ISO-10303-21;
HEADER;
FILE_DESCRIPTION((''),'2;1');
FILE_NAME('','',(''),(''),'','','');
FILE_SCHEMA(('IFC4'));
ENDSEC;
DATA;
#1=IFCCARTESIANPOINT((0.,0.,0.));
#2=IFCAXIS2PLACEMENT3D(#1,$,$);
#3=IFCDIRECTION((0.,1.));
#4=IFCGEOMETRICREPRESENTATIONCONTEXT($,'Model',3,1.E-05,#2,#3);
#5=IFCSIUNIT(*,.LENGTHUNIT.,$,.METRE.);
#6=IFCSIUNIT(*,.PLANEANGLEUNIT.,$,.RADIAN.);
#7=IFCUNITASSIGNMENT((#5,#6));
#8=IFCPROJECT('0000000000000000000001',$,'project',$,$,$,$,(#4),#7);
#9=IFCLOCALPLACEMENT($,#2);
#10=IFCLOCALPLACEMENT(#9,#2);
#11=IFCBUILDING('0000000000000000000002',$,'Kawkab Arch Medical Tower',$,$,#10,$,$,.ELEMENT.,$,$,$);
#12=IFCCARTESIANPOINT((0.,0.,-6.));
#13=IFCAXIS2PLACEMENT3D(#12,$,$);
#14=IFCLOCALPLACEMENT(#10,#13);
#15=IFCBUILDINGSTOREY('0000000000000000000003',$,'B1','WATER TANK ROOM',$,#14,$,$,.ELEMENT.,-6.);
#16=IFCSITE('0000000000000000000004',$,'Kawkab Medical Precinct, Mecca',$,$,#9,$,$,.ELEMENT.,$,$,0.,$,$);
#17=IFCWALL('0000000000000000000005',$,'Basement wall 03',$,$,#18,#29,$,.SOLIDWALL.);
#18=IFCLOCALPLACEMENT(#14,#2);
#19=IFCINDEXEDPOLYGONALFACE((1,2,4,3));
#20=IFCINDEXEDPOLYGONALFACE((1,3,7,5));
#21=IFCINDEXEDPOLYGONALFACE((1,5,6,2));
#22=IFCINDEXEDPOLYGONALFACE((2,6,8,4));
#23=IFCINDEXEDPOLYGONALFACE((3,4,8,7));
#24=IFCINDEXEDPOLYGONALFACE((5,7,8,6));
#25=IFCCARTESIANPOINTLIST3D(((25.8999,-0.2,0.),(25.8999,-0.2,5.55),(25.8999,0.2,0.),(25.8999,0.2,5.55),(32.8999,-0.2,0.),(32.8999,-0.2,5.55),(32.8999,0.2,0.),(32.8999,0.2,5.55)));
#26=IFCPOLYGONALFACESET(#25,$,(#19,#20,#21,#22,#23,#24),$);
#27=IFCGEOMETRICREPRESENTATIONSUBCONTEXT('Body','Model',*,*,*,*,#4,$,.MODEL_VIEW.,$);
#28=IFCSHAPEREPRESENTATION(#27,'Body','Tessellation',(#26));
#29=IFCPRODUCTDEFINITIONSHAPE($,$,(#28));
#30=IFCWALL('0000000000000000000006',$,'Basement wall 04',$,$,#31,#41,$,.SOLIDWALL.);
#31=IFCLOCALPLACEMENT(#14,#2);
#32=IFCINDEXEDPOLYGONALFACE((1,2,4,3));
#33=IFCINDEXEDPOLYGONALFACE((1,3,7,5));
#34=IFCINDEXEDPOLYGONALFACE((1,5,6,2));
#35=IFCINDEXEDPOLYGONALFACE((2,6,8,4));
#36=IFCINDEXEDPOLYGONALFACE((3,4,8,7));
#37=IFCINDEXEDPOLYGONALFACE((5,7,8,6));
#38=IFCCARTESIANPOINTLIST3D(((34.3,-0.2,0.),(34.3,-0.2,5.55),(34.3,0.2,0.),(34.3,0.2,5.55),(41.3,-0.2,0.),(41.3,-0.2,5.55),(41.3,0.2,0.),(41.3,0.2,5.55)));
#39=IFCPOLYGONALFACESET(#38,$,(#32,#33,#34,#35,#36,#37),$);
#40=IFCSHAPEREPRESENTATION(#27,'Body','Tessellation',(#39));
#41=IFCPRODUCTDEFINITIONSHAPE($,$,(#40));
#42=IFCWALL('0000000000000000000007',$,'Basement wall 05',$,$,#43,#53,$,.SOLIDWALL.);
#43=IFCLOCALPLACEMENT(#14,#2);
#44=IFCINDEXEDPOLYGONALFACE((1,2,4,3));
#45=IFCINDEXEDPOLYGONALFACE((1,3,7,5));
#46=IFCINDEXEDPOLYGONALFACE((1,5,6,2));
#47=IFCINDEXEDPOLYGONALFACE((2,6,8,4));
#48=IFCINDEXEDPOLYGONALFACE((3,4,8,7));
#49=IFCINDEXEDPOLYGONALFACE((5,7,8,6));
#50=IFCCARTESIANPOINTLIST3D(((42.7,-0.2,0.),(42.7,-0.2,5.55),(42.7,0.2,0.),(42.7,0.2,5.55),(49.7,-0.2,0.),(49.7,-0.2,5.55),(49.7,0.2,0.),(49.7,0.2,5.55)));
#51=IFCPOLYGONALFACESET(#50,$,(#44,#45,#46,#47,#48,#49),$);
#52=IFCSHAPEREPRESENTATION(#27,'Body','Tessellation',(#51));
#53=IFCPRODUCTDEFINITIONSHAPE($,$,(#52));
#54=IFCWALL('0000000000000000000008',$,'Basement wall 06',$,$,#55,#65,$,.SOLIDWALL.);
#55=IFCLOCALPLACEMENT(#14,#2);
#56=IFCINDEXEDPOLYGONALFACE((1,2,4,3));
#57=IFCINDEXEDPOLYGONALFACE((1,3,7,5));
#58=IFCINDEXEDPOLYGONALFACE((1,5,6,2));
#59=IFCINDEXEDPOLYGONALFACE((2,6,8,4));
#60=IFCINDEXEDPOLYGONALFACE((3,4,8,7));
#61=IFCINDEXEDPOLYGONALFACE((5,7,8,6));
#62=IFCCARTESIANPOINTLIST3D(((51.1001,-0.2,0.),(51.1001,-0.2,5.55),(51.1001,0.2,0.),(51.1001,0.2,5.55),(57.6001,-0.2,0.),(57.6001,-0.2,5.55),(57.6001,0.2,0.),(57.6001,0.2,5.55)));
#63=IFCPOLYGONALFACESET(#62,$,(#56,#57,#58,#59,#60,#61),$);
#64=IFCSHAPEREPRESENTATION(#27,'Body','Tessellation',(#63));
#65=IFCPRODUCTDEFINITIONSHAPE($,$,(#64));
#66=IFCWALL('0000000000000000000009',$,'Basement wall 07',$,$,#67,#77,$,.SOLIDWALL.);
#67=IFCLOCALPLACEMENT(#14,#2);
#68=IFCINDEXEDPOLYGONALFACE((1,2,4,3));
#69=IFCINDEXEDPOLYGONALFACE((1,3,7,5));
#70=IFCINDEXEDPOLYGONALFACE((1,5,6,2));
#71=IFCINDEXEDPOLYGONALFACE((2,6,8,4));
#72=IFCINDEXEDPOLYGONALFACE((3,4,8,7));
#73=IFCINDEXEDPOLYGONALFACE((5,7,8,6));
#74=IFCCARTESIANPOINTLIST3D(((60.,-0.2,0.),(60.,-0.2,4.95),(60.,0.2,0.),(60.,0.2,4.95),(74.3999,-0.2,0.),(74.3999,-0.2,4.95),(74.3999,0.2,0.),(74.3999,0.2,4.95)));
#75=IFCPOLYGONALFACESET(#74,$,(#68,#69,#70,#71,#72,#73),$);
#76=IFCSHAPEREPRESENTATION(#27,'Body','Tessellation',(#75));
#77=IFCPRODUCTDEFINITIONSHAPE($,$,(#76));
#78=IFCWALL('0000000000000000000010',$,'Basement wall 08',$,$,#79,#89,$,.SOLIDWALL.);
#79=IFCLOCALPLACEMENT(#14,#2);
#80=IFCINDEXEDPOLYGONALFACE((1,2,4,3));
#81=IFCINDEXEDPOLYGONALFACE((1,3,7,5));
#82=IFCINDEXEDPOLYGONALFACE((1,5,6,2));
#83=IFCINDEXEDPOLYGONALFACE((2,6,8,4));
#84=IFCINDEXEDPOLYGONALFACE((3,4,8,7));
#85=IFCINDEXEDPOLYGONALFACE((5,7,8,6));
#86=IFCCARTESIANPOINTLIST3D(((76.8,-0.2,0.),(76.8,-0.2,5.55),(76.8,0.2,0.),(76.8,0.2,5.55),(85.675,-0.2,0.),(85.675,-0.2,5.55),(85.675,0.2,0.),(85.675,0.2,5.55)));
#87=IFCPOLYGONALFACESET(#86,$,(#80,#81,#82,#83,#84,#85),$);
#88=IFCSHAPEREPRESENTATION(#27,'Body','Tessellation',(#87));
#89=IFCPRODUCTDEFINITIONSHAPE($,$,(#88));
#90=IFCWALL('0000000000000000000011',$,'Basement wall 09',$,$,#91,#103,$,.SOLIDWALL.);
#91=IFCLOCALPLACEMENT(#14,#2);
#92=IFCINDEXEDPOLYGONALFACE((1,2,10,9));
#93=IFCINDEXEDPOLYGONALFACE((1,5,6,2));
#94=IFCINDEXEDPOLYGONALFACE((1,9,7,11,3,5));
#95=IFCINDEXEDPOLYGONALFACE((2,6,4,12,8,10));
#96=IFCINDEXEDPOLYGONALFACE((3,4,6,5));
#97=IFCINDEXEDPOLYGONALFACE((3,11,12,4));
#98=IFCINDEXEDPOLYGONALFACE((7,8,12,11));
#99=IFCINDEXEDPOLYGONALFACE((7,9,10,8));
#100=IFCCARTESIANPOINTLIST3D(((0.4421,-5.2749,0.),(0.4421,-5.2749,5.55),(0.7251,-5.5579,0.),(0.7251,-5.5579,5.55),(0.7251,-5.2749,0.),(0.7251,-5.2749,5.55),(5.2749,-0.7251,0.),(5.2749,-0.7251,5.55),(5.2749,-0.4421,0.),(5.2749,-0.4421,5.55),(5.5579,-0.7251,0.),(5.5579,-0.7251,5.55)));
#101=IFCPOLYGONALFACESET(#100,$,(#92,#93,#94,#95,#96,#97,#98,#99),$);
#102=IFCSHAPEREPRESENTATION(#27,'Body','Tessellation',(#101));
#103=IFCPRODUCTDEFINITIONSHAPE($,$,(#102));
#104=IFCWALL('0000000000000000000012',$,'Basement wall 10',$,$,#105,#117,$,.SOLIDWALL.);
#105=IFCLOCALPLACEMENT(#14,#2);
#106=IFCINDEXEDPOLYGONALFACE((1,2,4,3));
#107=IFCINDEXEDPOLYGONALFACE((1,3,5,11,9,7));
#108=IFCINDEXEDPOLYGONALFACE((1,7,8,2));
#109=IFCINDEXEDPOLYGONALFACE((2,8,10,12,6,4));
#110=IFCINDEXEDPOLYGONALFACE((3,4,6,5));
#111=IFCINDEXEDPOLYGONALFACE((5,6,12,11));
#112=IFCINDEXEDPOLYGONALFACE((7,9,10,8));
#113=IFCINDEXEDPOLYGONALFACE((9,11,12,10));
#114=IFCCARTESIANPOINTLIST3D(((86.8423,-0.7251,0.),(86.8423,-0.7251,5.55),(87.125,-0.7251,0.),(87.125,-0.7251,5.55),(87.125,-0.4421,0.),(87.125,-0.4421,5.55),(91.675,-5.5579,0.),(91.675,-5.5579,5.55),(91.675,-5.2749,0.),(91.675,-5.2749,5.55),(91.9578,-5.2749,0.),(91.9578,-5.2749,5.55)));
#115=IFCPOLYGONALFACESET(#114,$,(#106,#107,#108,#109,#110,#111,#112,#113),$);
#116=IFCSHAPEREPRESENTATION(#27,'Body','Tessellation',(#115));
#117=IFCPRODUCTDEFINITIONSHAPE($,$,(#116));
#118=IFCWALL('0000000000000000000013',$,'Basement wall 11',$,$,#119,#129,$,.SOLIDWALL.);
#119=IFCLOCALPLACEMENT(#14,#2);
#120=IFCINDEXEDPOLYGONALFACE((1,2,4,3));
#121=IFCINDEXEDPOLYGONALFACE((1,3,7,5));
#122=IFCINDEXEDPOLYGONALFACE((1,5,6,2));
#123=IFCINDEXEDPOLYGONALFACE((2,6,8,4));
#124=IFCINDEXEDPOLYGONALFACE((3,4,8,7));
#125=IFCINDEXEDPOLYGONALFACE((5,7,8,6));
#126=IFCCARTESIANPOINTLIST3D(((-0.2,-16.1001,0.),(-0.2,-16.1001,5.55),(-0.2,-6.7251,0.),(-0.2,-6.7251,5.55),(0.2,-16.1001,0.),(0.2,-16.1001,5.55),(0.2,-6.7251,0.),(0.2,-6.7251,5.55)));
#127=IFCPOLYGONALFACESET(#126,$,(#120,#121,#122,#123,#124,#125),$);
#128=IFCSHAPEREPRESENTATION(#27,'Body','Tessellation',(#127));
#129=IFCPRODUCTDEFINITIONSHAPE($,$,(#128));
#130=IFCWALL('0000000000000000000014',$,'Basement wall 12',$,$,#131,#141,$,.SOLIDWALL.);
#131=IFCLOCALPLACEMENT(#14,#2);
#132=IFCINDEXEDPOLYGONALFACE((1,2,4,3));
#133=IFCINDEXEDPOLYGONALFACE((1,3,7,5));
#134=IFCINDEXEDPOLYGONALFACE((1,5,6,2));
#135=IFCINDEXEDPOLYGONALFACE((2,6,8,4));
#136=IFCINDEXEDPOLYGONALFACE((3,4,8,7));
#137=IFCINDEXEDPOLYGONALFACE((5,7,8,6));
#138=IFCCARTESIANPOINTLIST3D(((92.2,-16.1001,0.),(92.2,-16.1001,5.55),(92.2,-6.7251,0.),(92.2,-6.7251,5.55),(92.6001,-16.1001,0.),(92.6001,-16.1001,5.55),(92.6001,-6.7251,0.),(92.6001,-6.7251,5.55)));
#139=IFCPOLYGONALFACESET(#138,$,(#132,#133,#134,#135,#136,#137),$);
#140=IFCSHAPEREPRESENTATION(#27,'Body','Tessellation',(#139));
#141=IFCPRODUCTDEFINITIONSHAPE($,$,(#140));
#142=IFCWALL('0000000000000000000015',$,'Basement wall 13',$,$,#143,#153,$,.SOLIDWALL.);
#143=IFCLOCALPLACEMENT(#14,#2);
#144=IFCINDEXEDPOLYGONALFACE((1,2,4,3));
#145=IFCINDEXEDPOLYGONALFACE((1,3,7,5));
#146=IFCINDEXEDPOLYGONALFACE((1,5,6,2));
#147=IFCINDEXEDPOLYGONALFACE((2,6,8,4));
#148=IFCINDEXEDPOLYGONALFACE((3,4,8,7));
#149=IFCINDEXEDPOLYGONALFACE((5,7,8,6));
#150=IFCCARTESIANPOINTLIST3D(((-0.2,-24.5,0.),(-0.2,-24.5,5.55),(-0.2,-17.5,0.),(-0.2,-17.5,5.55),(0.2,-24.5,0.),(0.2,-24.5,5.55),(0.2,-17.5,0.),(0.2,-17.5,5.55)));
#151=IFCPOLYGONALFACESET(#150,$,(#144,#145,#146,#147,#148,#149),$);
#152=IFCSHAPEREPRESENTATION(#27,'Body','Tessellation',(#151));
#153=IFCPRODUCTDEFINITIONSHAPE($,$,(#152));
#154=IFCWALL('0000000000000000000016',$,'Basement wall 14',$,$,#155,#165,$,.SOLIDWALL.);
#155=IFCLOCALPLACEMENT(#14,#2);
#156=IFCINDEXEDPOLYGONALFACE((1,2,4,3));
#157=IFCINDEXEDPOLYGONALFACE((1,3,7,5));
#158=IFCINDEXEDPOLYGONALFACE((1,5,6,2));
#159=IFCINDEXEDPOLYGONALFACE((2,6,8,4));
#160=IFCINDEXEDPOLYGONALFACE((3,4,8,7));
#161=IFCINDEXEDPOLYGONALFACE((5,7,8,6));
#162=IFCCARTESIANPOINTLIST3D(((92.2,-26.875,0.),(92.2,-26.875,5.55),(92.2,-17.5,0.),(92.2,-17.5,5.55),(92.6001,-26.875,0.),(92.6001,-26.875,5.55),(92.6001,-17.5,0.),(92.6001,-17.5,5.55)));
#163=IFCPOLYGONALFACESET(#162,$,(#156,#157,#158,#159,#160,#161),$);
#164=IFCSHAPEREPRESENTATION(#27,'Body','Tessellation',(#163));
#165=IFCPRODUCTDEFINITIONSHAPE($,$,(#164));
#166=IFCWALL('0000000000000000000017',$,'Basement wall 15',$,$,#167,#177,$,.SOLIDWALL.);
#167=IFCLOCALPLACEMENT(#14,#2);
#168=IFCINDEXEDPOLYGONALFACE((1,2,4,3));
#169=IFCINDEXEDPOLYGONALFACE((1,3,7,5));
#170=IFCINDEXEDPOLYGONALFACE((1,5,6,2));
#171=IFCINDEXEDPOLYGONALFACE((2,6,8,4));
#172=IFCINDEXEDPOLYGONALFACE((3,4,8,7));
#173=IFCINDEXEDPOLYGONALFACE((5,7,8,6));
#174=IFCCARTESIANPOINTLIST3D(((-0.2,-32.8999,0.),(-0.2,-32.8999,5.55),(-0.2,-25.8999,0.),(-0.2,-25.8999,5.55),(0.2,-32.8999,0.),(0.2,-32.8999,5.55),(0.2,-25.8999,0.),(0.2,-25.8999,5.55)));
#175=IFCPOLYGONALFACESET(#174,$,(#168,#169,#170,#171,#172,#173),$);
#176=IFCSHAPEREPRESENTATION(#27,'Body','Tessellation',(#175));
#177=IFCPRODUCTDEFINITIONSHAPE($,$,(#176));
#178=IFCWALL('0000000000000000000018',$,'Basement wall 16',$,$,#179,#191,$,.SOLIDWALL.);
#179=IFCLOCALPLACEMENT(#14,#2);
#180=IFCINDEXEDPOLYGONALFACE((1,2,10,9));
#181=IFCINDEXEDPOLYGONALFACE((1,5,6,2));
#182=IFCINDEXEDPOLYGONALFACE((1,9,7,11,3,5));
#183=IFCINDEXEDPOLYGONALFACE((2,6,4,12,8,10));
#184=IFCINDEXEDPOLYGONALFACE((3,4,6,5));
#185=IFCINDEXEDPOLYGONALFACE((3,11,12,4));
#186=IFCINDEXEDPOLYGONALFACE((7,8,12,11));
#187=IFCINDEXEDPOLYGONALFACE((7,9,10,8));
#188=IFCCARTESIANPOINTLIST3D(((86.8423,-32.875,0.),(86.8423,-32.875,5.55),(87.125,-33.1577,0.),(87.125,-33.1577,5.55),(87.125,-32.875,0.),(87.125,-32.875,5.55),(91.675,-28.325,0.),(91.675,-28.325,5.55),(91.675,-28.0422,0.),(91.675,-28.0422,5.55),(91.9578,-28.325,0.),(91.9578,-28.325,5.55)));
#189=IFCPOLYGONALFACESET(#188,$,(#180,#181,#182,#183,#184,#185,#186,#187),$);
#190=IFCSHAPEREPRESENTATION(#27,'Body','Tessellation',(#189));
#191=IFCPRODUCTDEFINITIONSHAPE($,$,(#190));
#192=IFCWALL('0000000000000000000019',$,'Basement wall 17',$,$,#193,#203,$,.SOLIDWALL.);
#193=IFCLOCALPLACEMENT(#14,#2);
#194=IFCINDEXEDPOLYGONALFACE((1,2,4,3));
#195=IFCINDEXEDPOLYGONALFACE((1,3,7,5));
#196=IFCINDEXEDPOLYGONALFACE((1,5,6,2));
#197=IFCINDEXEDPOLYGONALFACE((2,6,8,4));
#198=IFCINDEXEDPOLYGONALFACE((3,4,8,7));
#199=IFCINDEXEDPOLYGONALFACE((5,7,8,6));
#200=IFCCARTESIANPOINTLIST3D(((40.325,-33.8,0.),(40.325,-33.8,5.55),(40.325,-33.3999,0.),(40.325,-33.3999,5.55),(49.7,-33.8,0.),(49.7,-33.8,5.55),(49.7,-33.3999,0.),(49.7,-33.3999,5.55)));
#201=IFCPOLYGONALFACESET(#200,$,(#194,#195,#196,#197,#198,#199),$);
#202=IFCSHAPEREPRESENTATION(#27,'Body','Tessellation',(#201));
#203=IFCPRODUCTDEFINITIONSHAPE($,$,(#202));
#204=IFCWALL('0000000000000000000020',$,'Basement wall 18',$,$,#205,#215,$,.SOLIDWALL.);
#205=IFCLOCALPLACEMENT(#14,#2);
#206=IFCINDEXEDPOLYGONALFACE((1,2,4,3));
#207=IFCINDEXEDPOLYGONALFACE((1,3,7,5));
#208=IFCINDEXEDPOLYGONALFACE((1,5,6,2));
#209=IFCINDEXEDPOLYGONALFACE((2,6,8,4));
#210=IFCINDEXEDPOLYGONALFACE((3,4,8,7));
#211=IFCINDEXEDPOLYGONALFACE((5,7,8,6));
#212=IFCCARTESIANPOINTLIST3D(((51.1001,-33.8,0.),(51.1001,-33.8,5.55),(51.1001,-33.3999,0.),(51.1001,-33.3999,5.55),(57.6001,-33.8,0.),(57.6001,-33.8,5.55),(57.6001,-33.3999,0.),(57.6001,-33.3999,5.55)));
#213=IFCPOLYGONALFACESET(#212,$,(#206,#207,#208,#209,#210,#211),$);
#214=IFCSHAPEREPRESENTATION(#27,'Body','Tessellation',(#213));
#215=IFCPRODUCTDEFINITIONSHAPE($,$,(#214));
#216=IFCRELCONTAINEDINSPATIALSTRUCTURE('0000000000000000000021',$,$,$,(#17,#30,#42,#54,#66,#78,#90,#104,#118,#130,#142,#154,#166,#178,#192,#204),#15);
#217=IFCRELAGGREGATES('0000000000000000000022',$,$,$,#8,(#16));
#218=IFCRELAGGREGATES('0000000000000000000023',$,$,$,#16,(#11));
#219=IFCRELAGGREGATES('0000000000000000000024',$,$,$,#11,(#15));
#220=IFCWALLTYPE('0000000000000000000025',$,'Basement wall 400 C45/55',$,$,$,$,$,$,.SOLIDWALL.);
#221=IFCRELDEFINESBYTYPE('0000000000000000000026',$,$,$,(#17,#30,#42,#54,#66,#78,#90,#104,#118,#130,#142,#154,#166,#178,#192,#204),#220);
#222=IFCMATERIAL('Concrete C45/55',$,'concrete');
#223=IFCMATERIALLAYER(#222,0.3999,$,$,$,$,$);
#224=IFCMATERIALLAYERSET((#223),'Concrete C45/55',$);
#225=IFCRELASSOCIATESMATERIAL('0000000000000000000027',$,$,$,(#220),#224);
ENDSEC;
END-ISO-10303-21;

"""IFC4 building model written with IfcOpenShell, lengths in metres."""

from ifc_helpers import new_model, si_unit, direction, frame, origin, place, context, subcontext, project, spatial, polyline, outline, extrude, material, layer, layer_set, type_object, element, save


model = new_model("IFC4")

# Units and contexts
model_context = context("Model", 3, precision=1e-05, world=origin(), true_north=direction((0.0, 1.0)))
body_context = subcontext(model_context, "Body", "Model", "MODEL_VIEW")
ifc_project = project(units=[si_unit("LENGTHUNIT", "METRE"), si_unit("PLANEANGLEUNIT", "RADIAN")], contexts=[model_context])

# Site, building, storey
site_placement = place(None, origin())
site = spatial("IfcSite", under=ifc_project, at=site_placement, Name="Kawkab Medical Precinct, Mecca", CompositionType="ELEMENT", RefElevation=0.0)
building_placement = place(site_placement, origin())
building = spatial("IfcBuilding", under=site, at=building_placement, Name="Kawkab Arch Medical Tower", CompositionType="ELEMENT")
storey_placement = place(building_placement, frame((0.0, 0.0, -6.0)))
storey = spatial("IfcBuildingStorey", under=building, at=storey_placement, Name="B1", Description="WATER TANK ROOM", CompositionType="ELEMENT", Elevation=-6.0)

# Walls
ifc_material = material(Name="Concrete C45/55", Category="concrete")
ifc_layer = layer(ifc_material, 0.3999)
ifc_layer_set = layer_set([ifc_layer], Name="Concrete C45/55")
wall_type = type_object("IfcWallType", Name="Basement wall 400 C45/55", PredefinedType="SOLIDWALL", material=ifc_layer_set)
placement = place(storey_placement, origin())
element("IfcWall", 1, at=placement, inside=storey, type_object=wall_type, Name="Basement wall 03", PredefinedType="SOLIDWALL", context=body_context, shape_type="SweptSolid", body=[
    extrude(outline(polyline([(32.8999, -0.2), (25.8999, -0.2), (25.8999, 0.2), (32.8999, 0.2), (32.8999, -0.2)])), origin(), (0.0, 0.0, 1.0), 5.55),
])
element("IfcWall", 2, at=placement, inside=storey, type_object=wall_type, Name="Basement wall 04", PredefinedType="SOLIDWALL", context=body_context, shape_type="SweptSolid", body=[
    extrude(outline(polyline([(41.3, -0.2), (34.3, -0.2), (34.3, 0.2), (41.3, 0.2), (41.3, -0.2)])), origin(), (0.0, 0.0, 1.0), 5.55),
])
element("IfcWall", 3, at=placement, inside=storey, type_object=wall_type, Name="Basement wall 05", PredefinedType="SOLIDWALL", context=body_context, shape_type="SweptSolid", body=[
    extrude(outline(polyline([(49.7, -0.2), (42.7, -0.2), (42.7, 0.2), (49.7, 0.2), (49.7, -0.2)])), origin(), (0.0, 0.0, 1.0), 5.55),
])
element("IfcWall", 4, at=placement, inside=storey, type_object=wall_type, Name="Basement wall 06", PredefinedType="SOLIDWALL", context=body_context, shape_type="SweptSolid", body=[
    extrude(outline(polyline([(57.6001, -0.2), (51.1001, -0.2), (51.1001, 0.2), (57.6001, 0.2), (57.6001, -0.2)])), origin(), (0.0, 0.0, 1.0), 5.55),
])
element("IfcWall", 5, at=placement, inside=storey, type_object=wall_type, Name="Basement wall 07", PredefinedType="SOLIDWALL", context=body_context, shape_type="SweptSolid", body=[
    extrude(outline(polyline([(74.3999, -0.2), (60.0, -0.2), (60.0, 0.2), (74.3999, 0.2), (74.3999, -0.2)])), origin(), (0.0, 0.0, 1.0), 4.95),
])
element("IfcWall", 6, at=placement, inside=storey, type_object=wall_type, Name="Basement wall 08", PredefinedType="SOLIDWALL", context=body_context, shape_type="SweptSolid", body=[
    extrude(outline(polyline([(85.675, -0.2), (76.8, -0.2), (76.8, 0.2), (85.675, 0.2), (85.675, -0.2)])), origin(), (0.0, 0.0, 1.0), 5.55),
])
element("IfcWall", 7, at=placement, inside=storey, type_object=wall_type, Name="Basement wall 09", PredefinedType="SOLIDWALL", context=body_context, shape_type="SweptSolid", body=[
    extrude(outline(polyline([(5.2749, -0.7251), (5.5579, -0.7251), (0.7251, -5.5579), (0.7251, -5.2749), (0.4421, -5.2749), (5.2749, -0.4421), (5.2749, -0.7251)])), origin(), (0.0, 0.0, 1.0), 5.55),
])
element("IfcWall", 8, at=placement, inside=storey, type_object=wall_type, Name="Basement wall 10", PredefinedType="SOLIDWALL", context=body_context, shape_type="SweptSolid", body=[
    extrude(outline(polyline([(91.675, -5.2749), (91.675, -5.5579), (86.8423, -0.7251), (87.125, -0.7251), (87.125, -0.4421), (91.9578, -5.2749), (91.675, -5.2749)])), origin(), (0.0, 0.0, 1.0), 5.55),
])
element("IfcWall", 9, at=placement, inside=storey, type_object=wall_type, Name="Basement wall 11", PredefinedType="SOLIDWALL", context=body_context, shape_type="SweptSolid", body=[
    extrude(outline(polyline([(0.2, -6.7251), (0.2, -16.1001), (-0.2, -16.1001), (-0.2, -6.7251), (0.2, -6.7251)])), origin(), (0.0, 0.0, 1.0), 5.55),
])
element("IfcWall", 10, at=placement, inside=storey, type_object=wall_type, Name="Basement wall 12", PredefinedType="SOLIDWALL", context=body_context, shape_type="SweptSolid", body=[
    extrude(outline(polyline([(92.2, -16.1001), (92.2, -6.7251), (92.6001, -6.7251), (92.6001, -16.1001), (92.2, -16.1001)])), origin(), (0.0, 0.0, 1.0), 5.55),
])
element("IfcWall", 11, at=placement, inside=storey, type_object=wall_type, Name="Basement wall 13", PredefinedType="SOLIDWALL", context=body_context, shape_type="SweptSolid", body=[
    extrude(outline(polyline([(0.2, -17.5), (0.2, -24.5), (-0.2, -24.5), (-0.2, -17.5), (0.2, -17.5)])), origin(), (0.0, 0.0, 1.0), 5.55),
])
element("IfcWall", 12, at=placement, inside=storey, type_object=wall_type, Name="Basement wall 14", PredefinedType="SOLIDWALL", context=body_context, shape_type="SweptSolid", body=[
    extrude(outline(polyline([(92.2, -26.875), (92.2, -17.5), (92.6001, -17.5), (92.6001, -26.875), (92.2, -26.875)])), origin(), (0.0, 0.0, 1.0), 5.55),
])
element("IfcWall", 13, at=placement, inside=storey, type_object=wall_type, Name="Basement wall 15", PredefinedType="SOLIDWALL", context=body_context, shape_type="SweptSolid", body=[
    extrude(outline(polyline([(0.2, -25.8999), (0.2, -32.8999), (-0.2, -32.8999), (-0.2, -25.8999), (0.2, -25.8999)])), origin(), (0.0, 0.0, 1.0), 5.55),
])
element("IfcWall", 14, at=placement, inside=storey, type_object=wall_type, Name="Basement wall 16", PredefinedType="SOLIDWALL", context=body_context, shape_type="SweptSolid", body=[
    extrude(outline(polyline([(87.125, -32.875), (86.8423, -32.875), (91.675, -28.0422), (91.675, -28.325), (91.9578, -28.325), (87.125, -33.1577), (87.125, -32.875)])), origin(), (0.0, 0.0, 1.0), 5.55),
])
element("IfcWall", 15, at=placement, inside=storey, type_object=wall_type, Name="Basement wall 17", PredefinedType="SOLIDWALL", context=body_context, shape_type="SweptSolid", body=[
    extrude(outline(polyline([(40.325, -33.3999), (49.7, -33.3999), (49.7, -33.8), (40.325, -33.8), (40.325, -33.3999)])), origin(), (0.0, 0.0, 1.0), 5.55),
])
element("IfcWall", 16, at=placement, inside=storey, type_object=wall_type, Name="Basement wall 18", PredefinedType="SOLIDWALL", context=body_context, shape_type="SweptSolid", body=[
    extrude(outline(polyline([(51.1001, -33.3999), (57.6001, -33.3999), (57.6001, -33.8), (51.1001, -33.8), (51.1001, -33.3999)])), origin(), (0.0, 0.0, 1.0), 5.55),
])

save(model, "model.ifc")
